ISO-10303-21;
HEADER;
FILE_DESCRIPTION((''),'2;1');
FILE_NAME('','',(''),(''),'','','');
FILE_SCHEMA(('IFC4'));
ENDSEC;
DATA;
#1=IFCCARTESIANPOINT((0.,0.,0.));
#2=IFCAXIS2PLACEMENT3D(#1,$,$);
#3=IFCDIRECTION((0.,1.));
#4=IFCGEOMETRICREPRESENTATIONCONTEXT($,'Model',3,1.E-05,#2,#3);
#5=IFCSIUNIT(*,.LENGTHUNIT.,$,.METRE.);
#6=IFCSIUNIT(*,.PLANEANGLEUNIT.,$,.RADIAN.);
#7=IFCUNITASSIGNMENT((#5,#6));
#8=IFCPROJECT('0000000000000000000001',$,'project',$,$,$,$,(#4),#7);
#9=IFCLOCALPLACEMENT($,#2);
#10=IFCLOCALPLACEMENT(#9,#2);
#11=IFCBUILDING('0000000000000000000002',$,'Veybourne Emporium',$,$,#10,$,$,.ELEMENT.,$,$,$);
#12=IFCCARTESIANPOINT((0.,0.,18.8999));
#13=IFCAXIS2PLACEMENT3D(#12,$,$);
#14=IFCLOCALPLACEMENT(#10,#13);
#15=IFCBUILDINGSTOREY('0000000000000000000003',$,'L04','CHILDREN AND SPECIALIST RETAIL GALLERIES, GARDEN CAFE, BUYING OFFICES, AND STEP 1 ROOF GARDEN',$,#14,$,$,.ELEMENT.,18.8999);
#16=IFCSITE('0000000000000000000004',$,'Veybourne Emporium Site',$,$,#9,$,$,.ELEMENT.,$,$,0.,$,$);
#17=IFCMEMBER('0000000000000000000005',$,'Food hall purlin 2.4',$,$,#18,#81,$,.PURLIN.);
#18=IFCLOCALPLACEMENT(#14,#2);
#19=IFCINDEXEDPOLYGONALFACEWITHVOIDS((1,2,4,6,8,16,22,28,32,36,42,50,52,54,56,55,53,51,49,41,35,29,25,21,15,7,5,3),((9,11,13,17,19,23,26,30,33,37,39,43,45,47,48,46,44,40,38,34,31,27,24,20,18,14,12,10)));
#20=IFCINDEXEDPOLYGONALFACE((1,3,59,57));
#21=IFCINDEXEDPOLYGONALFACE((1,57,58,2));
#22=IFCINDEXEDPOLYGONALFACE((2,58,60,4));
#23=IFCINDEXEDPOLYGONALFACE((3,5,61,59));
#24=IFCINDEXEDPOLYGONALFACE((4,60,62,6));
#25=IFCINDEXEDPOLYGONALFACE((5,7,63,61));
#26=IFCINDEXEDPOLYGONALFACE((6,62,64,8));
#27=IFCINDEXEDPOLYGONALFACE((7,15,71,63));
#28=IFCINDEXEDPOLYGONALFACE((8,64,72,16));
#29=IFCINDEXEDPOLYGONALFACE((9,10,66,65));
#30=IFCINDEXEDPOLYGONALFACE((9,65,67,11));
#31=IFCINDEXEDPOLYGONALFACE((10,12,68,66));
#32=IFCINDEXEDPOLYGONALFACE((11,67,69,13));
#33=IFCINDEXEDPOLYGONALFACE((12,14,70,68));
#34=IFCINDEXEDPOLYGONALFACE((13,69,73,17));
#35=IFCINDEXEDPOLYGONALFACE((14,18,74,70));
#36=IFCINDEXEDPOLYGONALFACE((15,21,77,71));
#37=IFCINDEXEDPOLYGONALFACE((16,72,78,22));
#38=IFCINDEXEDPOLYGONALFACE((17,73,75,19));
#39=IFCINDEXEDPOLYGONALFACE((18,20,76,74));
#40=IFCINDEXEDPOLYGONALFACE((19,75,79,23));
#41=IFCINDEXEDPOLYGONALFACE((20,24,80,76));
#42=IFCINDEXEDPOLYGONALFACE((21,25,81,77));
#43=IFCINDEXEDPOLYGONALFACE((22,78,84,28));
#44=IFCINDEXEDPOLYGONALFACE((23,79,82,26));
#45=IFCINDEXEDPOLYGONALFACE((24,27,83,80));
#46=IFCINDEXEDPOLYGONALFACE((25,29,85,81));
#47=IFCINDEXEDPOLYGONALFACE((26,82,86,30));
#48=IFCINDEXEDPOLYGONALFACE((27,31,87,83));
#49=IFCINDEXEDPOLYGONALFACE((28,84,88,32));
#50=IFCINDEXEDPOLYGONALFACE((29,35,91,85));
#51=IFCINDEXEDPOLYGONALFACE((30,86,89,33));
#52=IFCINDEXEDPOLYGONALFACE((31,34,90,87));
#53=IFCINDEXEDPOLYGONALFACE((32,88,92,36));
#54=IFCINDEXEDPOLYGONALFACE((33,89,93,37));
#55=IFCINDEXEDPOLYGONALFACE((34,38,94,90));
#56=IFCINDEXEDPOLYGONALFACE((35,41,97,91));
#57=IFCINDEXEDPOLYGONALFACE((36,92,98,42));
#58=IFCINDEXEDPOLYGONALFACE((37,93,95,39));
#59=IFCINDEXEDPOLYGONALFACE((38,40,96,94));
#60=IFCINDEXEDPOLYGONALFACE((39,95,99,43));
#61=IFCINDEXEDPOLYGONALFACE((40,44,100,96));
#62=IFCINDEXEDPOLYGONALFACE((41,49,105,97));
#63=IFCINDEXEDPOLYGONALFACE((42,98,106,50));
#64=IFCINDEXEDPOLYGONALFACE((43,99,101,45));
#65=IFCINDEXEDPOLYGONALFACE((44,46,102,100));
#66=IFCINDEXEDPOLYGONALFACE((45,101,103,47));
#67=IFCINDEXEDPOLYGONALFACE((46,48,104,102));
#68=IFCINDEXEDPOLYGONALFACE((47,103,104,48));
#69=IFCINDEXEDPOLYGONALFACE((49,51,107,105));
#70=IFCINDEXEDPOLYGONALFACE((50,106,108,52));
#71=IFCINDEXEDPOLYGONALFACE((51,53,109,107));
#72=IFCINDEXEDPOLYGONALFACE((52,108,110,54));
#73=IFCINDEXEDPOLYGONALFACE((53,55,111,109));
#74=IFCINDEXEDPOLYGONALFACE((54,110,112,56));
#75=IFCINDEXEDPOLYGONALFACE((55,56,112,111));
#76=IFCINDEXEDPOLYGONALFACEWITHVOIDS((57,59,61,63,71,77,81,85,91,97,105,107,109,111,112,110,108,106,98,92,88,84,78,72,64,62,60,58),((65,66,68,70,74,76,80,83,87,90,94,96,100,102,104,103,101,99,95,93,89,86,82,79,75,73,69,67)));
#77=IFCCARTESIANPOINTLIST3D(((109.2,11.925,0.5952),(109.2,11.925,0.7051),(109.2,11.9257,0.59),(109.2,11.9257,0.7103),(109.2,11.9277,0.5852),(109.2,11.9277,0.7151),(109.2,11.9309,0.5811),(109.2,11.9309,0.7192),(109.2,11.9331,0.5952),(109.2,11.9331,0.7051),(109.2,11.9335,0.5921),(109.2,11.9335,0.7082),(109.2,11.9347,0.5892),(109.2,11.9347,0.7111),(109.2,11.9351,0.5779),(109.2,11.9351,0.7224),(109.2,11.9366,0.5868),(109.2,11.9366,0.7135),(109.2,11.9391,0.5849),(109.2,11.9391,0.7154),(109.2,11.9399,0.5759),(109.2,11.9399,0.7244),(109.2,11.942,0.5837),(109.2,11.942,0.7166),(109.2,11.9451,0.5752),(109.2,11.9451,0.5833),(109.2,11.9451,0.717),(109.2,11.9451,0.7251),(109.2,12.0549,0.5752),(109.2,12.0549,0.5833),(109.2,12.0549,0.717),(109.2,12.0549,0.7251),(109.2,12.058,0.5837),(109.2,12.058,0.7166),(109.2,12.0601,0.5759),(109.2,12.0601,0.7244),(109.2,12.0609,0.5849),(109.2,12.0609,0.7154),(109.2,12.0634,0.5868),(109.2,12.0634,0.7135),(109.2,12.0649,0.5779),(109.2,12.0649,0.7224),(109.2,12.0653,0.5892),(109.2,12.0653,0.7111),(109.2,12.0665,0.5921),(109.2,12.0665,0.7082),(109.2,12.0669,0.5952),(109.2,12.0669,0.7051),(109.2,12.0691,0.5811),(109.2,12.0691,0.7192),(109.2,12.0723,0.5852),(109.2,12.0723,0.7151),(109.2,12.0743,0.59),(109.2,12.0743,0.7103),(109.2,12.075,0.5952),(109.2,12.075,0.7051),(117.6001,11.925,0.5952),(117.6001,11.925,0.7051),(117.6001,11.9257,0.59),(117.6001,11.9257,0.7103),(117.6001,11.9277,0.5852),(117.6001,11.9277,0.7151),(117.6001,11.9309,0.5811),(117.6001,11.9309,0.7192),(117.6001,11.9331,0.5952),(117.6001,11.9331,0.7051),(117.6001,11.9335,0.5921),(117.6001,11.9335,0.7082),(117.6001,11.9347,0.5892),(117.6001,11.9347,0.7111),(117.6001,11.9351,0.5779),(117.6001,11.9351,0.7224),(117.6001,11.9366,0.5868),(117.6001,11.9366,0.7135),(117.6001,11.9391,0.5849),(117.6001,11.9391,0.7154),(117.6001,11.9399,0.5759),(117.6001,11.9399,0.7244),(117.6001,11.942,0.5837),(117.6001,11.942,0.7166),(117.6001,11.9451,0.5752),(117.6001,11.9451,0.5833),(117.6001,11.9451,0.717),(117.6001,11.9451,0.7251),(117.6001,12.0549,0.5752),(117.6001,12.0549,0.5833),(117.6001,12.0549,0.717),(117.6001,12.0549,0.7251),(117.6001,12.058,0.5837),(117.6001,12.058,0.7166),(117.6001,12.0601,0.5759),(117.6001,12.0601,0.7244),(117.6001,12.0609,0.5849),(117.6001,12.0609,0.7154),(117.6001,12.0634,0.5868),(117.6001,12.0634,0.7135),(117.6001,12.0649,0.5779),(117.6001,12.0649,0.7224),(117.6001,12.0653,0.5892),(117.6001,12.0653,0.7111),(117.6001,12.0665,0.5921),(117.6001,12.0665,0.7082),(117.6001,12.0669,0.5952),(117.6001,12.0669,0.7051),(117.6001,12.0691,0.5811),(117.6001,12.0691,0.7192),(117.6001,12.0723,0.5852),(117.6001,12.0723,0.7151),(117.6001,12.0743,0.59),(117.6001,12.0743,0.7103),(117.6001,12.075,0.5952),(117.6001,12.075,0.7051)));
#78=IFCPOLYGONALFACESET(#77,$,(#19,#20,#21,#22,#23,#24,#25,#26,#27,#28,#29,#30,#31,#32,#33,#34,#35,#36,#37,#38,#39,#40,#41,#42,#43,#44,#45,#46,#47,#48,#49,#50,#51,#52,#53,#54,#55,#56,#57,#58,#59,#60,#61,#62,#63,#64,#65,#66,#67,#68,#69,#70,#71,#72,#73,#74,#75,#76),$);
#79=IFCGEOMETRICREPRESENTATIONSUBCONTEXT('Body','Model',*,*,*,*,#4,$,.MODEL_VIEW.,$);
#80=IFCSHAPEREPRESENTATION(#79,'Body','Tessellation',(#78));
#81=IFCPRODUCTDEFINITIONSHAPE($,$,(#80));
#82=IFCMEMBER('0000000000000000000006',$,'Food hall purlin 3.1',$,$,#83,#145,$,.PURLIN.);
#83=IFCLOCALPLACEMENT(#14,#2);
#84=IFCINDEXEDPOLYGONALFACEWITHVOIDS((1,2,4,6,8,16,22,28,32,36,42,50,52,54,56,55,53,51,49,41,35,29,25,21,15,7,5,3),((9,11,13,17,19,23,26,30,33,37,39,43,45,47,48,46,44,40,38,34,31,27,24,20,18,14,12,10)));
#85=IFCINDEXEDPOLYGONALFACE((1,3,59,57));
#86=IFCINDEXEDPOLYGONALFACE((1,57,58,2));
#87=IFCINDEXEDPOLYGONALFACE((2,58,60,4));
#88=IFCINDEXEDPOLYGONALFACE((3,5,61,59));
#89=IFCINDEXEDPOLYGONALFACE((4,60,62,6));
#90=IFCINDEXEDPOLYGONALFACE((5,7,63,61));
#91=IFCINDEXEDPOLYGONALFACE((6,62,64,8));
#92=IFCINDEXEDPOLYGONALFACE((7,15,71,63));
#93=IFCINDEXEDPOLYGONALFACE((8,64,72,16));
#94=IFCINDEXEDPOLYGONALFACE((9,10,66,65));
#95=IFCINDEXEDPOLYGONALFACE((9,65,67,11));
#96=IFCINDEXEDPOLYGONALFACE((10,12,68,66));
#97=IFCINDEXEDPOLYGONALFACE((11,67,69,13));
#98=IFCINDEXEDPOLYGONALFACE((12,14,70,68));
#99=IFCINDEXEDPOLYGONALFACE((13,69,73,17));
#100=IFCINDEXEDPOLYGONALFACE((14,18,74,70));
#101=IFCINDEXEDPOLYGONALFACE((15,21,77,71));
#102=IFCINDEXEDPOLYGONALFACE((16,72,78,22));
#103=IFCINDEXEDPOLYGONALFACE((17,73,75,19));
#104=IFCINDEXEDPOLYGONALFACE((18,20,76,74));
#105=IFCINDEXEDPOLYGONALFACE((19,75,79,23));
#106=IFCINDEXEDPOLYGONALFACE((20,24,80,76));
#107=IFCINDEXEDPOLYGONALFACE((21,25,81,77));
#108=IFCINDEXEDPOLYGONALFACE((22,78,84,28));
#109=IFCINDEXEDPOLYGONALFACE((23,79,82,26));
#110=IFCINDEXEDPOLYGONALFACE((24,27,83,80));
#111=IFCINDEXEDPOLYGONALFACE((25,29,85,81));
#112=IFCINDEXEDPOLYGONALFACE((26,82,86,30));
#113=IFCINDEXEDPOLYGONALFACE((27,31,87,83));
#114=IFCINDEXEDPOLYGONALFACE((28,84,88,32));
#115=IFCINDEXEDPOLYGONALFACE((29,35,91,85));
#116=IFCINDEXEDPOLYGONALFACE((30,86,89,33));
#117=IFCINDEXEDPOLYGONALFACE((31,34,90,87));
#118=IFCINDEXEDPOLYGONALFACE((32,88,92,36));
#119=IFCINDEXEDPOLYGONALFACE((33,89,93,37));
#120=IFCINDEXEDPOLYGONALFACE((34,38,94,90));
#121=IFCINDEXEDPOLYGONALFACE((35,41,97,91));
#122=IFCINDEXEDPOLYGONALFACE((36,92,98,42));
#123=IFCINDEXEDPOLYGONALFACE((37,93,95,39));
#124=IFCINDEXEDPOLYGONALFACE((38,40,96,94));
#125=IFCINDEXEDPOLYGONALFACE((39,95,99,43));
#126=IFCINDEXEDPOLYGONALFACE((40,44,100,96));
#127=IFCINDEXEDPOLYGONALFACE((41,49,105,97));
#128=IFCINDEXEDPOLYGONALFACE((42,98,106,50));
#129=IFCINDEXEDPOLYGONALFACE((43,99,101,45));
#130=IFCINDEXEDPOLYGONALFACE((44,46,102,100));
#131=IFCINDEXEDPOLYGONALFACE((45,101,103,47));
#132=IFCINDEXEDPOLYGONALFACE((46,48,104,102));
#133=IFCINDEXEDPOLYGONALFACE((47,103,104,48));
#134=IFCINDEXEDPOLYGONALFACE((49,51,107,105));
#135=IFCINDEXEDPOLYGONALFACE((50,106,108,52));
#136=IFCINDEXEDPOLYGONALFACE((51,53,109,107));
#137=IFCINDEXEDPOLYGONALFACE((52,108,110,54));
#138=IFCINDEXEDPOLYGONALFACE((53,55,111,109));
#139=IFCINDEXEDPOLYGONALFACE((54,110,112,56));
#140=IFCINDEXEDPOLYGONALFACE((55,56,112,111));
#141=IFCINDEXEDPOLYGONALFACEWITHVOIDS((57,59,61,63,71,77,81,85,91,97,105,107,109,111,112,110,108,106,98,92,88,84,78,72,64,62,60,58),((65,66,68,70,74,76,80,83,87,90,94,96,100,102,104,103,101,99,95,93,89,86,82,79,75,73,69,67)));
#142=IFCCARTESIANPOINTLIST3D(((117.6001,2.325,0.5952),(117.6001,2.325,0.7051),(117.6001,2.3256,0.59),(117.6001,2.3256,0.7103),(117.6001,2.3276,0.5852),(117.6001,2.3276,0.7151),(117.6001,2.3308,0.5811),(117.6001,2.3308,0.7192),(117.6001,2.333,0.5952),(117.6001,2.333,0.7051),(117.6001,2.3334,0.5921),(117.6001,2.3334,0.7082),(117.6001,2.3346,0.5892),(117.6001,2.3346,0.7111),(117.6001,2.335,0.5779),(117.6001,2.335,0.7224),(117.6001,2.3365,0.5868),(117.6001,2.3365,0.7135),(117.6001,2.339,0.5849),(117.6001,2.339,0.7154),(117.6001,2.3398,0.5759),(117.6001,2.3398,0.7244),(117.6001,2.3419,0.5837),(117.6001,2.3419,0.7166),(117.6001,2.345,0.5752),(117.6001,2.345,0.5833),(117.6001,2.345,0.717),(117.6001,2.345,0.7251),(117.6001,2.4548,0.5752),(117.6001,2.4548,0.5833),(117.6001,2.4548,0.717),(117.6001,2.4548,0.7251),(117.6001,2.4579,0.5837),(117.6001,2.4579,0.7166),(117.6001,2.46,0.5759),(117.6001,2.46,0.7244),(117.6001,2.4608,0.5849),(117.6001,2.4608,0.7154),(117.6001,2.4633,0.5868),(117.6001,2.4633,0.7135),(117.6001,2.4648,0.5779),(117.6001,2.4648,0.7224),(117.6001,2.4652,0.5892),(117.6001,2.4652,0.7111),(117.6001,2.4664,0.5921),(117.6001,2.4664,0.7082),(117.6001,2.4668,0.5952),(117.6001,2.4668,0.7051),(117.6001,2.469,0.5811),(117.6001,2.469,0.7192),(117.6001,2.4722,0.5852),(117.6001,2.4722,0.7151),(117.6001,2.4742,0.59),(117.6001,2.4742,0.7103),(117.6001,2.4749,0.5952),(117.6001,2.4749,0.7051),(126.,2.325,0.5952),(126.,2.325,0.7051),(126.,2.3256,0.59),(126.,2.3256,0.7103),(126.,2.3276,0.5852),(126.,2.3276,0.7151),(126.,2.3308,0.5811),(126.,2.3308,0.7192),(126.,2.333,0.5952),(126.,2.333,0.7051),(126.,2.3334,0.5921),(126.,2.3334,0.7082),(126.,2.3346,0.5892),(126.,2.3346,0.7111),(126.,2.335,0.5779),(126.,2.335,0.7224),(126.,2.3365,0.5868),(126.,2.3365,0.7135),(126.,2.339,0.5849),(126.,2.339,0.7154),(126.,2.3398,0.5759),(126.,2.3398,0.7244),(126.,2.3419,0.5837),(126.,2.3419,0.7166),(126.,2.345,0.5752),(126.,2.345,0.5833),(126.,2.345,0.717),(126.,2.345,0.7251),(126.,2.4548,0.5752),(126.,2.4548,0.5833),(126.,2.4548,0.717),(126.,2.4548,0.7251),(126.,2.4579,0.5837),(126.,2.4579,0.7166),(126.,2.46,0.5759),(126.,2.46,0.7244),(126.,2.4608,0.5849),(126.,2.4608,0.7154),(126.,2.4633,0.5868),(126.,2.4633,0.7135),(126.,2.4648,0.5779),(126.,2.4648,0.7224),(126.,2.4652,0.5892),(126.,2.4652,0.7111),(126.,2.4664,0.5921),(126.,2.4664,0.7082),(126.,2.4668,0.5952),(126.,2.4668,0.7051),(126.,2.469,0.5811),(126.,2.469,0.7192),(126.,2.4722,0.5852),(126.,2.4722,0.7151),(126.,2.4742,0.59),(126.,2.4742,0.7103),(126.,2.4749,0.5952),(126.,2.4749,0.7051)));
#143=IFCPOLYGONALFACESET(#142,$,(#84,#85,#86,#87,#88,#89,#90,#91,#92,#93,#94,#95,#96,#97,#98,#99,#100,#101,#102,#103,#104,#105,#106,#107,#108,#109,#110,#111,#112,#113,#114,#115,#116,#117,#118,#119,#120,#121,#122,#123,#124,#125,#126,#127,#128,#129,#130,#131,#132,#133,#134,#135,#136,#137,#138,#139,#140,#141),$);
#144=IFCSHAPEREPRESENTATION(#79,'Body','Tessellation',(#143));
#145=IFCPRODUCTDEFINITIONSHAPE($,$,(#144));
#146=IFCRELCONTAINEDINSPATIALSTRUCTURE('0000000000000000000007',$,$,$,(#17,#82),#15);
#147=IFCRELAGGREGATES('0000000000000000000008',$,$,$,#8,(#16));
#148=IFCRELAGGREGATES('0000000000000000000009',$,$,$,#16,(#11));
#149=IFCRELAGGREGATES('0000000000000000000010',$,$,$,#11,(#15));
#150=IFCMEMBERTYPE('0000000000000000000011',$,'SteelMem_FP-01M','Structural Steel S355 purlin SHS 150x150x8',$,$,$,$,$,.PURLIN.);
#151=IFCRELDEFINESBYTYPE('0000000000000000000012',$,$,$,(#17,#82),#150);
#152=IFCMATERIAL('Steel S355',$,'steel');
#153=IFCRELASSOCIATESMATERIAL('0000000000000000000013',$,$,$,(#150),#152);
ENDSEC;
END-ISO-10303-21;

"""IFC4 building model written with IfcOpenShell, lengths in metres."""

from ifc_helpers import new_model, si_unit, direction, frame, origin, origin_2d, place, context, subcontext, project, spatial, hollow_rectangle, extrude, material, material_profile, profile_set, type_object, element, save


model = new_model("IFC4")

# Units and contexts
model_context = context("Model", 3, precision=1e-05, world=origin(), true_north=direction((0.0, 1.0)))
body_context = subcontext(model_context, "Body", "Model", "MODEL_VIEW")
ifc_project = project(units=[si_unit("LENGTHUNIT", "METRE"), si_unit("PLANEANGLEUNIT", "RADIAN")], contexts=[model_context])

# Site, building, storey
site_placement = place(None, origin())
site = spatial("IfcSite", under=ifc_project, at=site_placement, Name="Veybourne Emporium Site", CompositionType="ELEMENT", RefElevation=0.0)
building_placement = place(site_placement, origin())
building = spatial("IfcBuilding", under=site, at=building_placement, Name="Veybourne Emporium", CompositionType="ELEMENT")
storey_placement = place(building_placement, frame((0.0, 0.0, 18.8999)))
storey = spatial("IfcBuildingStorey", under=building, at=storey_placement, Name="L04", Description="CHILDREN AND SPECIALIST RETAIL GALLERIES, GARDEN CAFE, BUYING OFFICES, AND STEP 1 ROOF GARDEN", CompositionType="ELEMENT", Elevation=18.8999)

# Shared definitions
ifc_material_1 = material(Name="Steel S355", Category="steel")

# Members
ifc_material_profile_1 = material_profile(ifc_material_1, hollow_rectangle(XDim=0.1499, YDim=0.1499, WallThickness=0.0081, InnerFilletRadius=0.012, OuterFilletRadius=0.02, at=origin_2d()), Name="SHS 150x150x8")
ifc_profile_set_1 = profile_set([ifc_material_profile_1], Name="Steel S355")
member_type_1 = type_object("IfcMemberType", Name="SteelMem_FP-01M", Description="Structural Steel S355 purlin SHS 150x150x8", PredefinedType="PURLIN", material=ifc_profile_set_1)
for number, where, z_axis, x_axis, name in (
    (1, (109.2, 12.0, 0.6501), (1.0, 0.0, 0.0), (0.0, 1.0, 0.0), "Food hall purlin 2.4"),
):
    element("IfcMember", number, at=place(storey_placement, frame(where, z_axis=z_axis, x_axis=x_axis)), inside=storey, type_object=member_type_1, Name=name, PredefinedType="PURLIN", context=body_context, shape_type="SweptSolid", body=[
        extrude(hollow_rectangle(XDim=0.1499, YDim=0.1499, WallThickness=0.0081, InnerFilletRadius=0.012, OuterFilletRadius=0.02, at=origin_2d()), origin(), (0.0, 0.0, 1.0), 8.4001),
    ])
for number, where, z_axis, x_axis, name in (
    (2, (117.6001, 2.3999, 0.6501), (1.0, 0.0, 0.0), (0.0, 1.0, 0.0), "Food hall purlin 3.1"),
):
    element("IfcMember", number, at=place(storey_placement, frame(where, z_axis=z_axis, x_axis=x_axis)), inside=storey, type_object=member_type_1, Name=name, PredefinedType="PURLIN", context=body_context, shape_type="SweptSolid", body=[
        extrude(hollow_rectangle(XDim=0.1499, YDim=0.1499, WallThickness=0.0081, InnerFilletRadius=0.012, OuterFilletRadius=0.02, at=origin_2d()), origin(), (0.0, 0.0, 1.0), 8.3999),
    ])

save(model, "model.ifc")
